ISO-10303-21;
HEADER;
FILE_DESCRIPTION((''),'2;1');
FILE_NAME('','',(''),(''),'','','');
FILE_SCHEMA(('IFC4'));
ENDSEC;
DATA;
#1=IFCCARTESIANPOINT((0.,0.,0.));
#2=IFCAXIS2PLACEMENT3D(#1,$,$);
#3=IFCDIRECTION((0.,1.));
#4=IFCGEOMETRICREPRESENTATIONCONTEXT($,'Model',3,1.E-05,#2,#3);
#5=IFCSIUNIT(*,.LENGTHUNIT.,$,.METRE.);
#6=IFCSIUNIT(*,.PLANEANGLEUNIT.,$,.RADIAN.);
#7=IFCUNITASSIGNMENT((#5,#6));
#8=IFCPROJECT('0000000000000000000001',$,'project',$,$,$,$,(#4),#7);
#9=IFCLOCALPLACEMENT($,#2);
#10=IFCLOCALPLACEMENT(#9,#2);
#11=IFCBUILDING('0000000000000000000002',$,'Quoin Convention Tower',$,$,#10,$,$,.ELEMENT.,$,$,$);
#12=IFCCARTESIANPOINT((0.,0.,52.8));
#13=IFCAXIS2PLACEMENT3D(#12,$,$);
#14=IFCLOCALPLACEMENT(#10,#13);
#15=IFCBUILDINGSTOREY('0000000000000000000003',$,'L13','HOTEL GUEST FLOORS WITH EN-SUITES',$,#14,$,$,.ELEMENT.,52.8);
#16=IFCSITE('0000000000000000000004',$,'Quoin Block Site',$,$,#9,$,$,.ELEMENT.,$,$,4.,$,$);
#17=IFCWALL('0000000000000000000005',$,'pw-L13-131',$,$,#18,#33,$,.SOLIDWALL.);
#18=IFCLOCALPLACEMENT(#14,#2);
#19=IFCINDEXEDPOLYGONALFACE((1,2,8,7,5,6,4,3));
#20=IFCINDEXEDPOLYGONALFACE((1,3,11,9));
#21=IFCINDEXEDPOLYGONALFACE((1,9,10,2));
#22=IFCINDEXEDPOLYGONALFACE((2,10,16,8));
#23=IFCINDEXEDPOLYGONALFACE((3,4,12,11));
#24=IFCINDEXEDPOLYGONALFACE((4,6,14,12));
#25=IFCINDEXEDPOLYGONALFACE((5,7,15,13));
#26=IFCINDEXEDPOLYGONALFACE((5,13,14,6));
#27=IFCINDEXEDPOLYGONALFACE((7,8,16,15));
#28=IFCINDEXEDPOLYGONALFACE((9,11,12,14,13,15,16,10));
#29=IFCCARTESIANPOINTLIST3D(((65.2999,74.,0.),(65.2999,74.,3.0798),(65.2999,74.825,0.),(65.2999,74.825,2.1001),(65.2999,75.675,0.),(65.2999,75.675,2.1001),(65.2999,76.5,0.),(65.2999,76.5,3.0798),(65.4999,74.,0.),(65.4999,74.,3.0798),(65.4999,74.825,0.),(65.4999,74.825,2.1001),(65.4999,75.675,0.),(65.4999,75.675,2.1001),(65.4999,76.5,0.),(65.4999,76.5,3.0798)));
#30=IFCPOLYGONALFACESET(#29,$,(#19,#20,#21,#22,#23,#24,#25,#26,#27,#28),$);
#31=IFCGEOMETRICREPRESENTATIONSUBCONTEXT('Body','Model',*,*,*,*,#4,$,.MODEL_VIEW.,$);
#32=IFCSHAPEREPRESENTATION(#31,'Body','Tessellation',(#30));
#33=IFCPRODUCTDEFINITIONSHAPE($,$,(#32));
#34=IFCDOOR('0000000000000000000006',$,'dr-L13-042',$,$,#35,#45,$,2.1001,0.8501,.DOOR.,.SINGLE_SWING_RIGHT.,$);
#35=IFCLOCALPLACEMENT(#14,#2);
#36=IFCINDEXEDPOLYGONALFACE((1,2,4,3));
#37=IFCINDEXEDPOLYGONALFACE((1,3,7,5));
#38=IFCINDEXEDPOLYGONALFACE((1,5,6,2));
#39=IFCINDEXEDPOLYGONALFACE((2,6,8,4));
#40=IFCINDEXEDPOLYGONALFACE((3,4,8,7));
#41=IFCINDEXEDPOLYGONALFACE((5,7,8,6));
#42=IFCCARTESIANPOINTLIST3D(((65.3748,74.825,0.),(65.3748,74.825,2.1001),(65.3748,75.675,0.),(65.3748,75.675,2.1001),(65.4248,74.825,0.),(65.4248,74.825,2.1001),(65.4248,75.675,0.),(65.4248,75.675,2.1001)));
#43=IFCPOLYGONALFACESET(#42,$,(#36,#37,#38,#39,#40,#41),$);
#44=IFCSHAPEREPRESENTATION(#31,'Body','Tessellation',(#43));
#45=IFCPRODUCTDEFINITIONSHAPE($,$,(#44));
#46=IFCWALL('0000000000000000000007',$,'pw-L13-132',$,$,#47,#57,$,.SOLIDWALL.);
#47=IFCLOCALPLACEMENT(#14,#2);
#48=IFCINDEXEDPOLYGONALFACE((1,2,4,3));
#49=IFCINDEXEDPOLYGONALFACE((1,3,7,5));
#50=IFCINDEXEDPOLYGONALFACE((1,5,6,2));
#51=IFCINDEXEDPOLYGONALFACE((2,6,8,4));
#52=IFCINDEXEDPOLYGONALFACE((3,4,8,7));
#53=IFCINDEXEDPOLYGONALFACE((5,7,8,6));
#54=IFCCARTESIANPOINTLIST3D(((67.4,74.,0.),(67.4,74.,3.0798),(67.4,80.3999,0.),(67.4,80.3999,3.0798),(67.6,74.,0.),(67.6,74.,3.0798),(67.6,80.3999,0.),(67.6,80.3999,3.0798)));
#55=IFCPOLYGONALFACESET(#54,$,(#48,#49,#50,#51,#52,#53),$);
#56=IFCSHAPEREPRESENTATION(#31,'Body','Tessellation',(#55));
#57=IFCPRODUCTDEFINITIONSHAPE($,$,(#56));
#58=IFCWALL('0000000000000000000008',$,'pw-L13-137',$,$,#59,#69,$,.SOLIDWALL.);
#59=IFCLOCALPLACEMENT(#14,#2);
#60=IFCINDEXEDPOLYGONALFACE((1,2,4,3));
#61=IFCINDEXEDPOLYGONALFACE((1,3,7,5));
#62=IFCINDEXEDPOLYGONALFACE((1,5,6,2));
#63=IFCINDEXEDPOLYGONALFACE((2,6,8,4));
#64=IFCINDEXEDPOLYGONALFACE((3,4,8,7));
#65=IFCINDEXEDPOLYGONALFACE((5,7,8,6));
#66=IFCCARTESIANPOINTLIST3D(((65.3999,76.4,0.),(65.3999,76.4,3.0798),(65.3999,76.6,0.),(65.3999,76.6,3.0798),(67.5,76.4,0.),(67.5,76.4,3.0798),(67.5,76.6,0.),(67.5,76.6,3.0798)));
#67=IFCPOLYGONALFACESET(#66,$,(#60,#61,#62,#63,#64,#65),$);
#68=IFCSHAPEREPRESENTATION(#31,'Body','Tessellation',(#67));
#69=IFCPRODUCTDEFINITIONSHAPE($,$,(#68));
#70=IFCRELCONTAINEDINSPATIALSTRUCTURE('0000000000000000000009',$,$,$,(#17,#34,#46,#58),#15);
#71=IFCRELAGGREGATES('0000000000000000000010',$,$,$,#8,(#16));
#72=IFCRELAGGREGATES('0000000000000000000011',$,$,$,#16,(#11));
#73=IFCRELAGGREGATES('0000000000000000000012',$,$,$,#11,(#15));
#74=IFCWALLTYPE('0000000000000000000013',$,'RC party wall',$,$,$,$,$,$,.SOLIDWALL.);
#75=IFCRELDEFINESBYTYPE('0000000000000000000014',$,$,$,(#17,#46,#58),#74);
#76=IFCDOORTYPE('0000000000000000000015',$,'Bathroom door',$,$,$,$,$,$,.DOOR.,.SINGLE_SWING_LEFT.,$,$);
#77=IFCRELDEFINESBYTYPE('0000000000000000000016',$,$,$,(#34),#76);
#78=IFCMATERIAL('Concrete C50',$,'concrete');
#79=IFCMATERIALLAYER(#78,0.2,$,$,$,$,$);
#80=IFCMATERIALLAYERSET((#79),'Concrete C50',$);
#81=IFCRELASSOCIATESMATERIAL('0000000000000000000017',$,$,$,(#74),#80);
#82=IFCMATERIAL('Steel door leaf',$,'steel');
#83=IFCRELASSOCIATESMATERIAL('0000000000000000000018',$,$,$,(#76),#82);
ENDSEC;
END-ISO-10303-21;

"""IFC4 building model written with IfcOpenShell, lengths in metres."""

from ifc_helpers import new_model, si_unit, direction, frame, frame_2d, origin, place, context, subcontext, project, spatial, rectangle, extrude, material, layer, layer_set, type_object, element, fill, save


model = new_model("IFC4")

# Units and contexts
model_context = context("Model", 3, precision=1e-05, world=origin(), true_north=direction((0.0, 1.0)))
body_context = subcontext(model_context, "Body", "Model", "MODEL_VIEW")
ifc_project = project(units=[si_unit("LENGTHUNIT", "METRE"), si_unit("PLANEANGLEUNIT", "RADIAN")], contexts=[model_context])

# Site, building, storey
site_placement = place(None, origin())
site = spatial("IfcSite", under=ifc_project, at=site_placement, Name="Quoin Block Site", CompositionType="ELEMENT", RefElevation=4.0)
building_placement = place(site_placement, origin())
building = spatial("IfcBuilding", under=site, at=building_placement, Name="Quoin Convention Tower", CompositionType="ELEMENT")
storey_placement = place(building_placement, frame((0.0, 0.0, 52.8)))
storey = spatial("IfcBuildingStorey", under=building, at=storey_placement, Name="L13", Description="HOTEL GUEST FLOORS WITH EN-SUITES", CompositionType="ELEMENT", Elevation=52.8)

# Shared definitions
ifc_material_1 = material(Name="Steel door leaf", Category="steel")

# Shared definitions
ifc_material_2 = material(Name="Concrete C50", Category="concrete")

# Shared definitions
ifc_layer_1 = layer(ifc_material_2, 0.2)
ifc_layer_set_1 = layer_set([ifc_layer_1], Name="Concrete C50")
wall_type_1 = type_object("IfcWallType", Name="RC party wall", PredefinedType="SOLIDWALL", material=ifc_layer_set_1)
door_type_1 = type_object("IfcDoorType", Name="Bathroom door", OperationType="SINGLE_SWING_LEFT", PredefinedType="DOOR", material=ifc_material_1)

# Wall, opening, door
wall_1_placement = place(storey_placement, frame((65.3999, 74.0, 0.0), z_axis=(0.0, 0.0, 1.0), x_axis=(0.0, 1.0, 0.0)))
wall_1 = element("IfcWall", 1, at=wall_1_placement, inside=storey, type_object=wall_type_1, Name="pw-L13-131", PredefinedType="SOLIDWALL", context=body_context, shape_type="SweptSolid", body=[
    extrude(rectangle(XDim=2.5, YDim=0.2, at=frame_2d((1.25, 0.0))), origin(), (0.0, 0.0, 1.0), 3.0798),
])
opening_1_placement = place(wall_1_placement, frame((0.825, 0.0, 0.0)))
opening_1 = element("IfcOpeningElement", 2, at=opening_1_placement, cuts=wall_1, PredefinedType="OPENING", context=body_context, shape_type="SweptSolid", body=[
    extrude(rectangle(XDim=0.8501, YDim=2.1001, at=frame_2d((0.425, 1.05))), frame((0.0, 0.1099, 0.0), z_axis=(0.0, -1.0, 0.0), x_axis=(1.0, 0.0, 0.0)), (0.0, 0.0, 1.0), 0.22),
])
door_1_placement = place(opening_1_placement, frame((0.8501, 0.0, 0.0), z_axis=(0.0, 0.0, 1.0), x_axis=(-1.0, 0.0, 0.0)))
door_1 = element("IfcDoor", 3, at=door_1_placement, inside=storey, type_object=door_type_1, Name="dr-L13-042", OperationType="SINGLE_SWING_RIGHT", OverallHeight=2.1001, OverallWidth=0.8501, PredefinedType="DOOR", context=body_context, shape_type="SweptSolid", body=[
    extrude(rectangle(XDim=0.8501, YDim=2.1001, at=frame_2d((0.425, 1.05))), frame((0.0, 0.0249, 0.0), z_axis=(0.0, -1.0, 0.0), x_axis=(1.0, 0.0, 0.0)), (0.0, 0.0, 1.0), 0.05),
])
fill(opening_1, door_1)

# Walls
wall_2_placement = place(storey_placement, frame((67.5, 74.0, 0.0), z_axis=(0.0, 0.0, 1.0), x_axis=(0.0, 1.0, 0.0)))
element("IfcWall", 4, at=wall_2_placement, inside=storey, type_object=wall_type_1, Name="pw-L13-132", PredefinedType="SOLIDWALL", context=body_context, shape_type="SweptSolid", body=[
    extrude(rectangle(XDim=6.3999, YDim=0.2, at=frame_2d((3.2, 0.0))), origin(), (0.0, 0.0, 1.0), 3.0798),
])
wall_3_placement = place(storey_placement, frame((65.3999, 76.5, 0.0), z_axis=(0.0, 0.0, 1.0), x_axis=(1.0, 0.0, 0.0)))
element("IfcWall", 5, at=wall_3_placement, inside=storey, type_object=wall_type_1, Name="pw-L13-137", PredefinedType="SOLIDWALL", context=body_context, shape_type="SweptSolid", body=[
    extrude(rectangle(XDim=2.1001, YDim=0.2, at=frame_2d((1.05, 0.0))), origin(), (0.0, 0.0, 1.0), 3.0798),
])

save(model, "model.ifc")
